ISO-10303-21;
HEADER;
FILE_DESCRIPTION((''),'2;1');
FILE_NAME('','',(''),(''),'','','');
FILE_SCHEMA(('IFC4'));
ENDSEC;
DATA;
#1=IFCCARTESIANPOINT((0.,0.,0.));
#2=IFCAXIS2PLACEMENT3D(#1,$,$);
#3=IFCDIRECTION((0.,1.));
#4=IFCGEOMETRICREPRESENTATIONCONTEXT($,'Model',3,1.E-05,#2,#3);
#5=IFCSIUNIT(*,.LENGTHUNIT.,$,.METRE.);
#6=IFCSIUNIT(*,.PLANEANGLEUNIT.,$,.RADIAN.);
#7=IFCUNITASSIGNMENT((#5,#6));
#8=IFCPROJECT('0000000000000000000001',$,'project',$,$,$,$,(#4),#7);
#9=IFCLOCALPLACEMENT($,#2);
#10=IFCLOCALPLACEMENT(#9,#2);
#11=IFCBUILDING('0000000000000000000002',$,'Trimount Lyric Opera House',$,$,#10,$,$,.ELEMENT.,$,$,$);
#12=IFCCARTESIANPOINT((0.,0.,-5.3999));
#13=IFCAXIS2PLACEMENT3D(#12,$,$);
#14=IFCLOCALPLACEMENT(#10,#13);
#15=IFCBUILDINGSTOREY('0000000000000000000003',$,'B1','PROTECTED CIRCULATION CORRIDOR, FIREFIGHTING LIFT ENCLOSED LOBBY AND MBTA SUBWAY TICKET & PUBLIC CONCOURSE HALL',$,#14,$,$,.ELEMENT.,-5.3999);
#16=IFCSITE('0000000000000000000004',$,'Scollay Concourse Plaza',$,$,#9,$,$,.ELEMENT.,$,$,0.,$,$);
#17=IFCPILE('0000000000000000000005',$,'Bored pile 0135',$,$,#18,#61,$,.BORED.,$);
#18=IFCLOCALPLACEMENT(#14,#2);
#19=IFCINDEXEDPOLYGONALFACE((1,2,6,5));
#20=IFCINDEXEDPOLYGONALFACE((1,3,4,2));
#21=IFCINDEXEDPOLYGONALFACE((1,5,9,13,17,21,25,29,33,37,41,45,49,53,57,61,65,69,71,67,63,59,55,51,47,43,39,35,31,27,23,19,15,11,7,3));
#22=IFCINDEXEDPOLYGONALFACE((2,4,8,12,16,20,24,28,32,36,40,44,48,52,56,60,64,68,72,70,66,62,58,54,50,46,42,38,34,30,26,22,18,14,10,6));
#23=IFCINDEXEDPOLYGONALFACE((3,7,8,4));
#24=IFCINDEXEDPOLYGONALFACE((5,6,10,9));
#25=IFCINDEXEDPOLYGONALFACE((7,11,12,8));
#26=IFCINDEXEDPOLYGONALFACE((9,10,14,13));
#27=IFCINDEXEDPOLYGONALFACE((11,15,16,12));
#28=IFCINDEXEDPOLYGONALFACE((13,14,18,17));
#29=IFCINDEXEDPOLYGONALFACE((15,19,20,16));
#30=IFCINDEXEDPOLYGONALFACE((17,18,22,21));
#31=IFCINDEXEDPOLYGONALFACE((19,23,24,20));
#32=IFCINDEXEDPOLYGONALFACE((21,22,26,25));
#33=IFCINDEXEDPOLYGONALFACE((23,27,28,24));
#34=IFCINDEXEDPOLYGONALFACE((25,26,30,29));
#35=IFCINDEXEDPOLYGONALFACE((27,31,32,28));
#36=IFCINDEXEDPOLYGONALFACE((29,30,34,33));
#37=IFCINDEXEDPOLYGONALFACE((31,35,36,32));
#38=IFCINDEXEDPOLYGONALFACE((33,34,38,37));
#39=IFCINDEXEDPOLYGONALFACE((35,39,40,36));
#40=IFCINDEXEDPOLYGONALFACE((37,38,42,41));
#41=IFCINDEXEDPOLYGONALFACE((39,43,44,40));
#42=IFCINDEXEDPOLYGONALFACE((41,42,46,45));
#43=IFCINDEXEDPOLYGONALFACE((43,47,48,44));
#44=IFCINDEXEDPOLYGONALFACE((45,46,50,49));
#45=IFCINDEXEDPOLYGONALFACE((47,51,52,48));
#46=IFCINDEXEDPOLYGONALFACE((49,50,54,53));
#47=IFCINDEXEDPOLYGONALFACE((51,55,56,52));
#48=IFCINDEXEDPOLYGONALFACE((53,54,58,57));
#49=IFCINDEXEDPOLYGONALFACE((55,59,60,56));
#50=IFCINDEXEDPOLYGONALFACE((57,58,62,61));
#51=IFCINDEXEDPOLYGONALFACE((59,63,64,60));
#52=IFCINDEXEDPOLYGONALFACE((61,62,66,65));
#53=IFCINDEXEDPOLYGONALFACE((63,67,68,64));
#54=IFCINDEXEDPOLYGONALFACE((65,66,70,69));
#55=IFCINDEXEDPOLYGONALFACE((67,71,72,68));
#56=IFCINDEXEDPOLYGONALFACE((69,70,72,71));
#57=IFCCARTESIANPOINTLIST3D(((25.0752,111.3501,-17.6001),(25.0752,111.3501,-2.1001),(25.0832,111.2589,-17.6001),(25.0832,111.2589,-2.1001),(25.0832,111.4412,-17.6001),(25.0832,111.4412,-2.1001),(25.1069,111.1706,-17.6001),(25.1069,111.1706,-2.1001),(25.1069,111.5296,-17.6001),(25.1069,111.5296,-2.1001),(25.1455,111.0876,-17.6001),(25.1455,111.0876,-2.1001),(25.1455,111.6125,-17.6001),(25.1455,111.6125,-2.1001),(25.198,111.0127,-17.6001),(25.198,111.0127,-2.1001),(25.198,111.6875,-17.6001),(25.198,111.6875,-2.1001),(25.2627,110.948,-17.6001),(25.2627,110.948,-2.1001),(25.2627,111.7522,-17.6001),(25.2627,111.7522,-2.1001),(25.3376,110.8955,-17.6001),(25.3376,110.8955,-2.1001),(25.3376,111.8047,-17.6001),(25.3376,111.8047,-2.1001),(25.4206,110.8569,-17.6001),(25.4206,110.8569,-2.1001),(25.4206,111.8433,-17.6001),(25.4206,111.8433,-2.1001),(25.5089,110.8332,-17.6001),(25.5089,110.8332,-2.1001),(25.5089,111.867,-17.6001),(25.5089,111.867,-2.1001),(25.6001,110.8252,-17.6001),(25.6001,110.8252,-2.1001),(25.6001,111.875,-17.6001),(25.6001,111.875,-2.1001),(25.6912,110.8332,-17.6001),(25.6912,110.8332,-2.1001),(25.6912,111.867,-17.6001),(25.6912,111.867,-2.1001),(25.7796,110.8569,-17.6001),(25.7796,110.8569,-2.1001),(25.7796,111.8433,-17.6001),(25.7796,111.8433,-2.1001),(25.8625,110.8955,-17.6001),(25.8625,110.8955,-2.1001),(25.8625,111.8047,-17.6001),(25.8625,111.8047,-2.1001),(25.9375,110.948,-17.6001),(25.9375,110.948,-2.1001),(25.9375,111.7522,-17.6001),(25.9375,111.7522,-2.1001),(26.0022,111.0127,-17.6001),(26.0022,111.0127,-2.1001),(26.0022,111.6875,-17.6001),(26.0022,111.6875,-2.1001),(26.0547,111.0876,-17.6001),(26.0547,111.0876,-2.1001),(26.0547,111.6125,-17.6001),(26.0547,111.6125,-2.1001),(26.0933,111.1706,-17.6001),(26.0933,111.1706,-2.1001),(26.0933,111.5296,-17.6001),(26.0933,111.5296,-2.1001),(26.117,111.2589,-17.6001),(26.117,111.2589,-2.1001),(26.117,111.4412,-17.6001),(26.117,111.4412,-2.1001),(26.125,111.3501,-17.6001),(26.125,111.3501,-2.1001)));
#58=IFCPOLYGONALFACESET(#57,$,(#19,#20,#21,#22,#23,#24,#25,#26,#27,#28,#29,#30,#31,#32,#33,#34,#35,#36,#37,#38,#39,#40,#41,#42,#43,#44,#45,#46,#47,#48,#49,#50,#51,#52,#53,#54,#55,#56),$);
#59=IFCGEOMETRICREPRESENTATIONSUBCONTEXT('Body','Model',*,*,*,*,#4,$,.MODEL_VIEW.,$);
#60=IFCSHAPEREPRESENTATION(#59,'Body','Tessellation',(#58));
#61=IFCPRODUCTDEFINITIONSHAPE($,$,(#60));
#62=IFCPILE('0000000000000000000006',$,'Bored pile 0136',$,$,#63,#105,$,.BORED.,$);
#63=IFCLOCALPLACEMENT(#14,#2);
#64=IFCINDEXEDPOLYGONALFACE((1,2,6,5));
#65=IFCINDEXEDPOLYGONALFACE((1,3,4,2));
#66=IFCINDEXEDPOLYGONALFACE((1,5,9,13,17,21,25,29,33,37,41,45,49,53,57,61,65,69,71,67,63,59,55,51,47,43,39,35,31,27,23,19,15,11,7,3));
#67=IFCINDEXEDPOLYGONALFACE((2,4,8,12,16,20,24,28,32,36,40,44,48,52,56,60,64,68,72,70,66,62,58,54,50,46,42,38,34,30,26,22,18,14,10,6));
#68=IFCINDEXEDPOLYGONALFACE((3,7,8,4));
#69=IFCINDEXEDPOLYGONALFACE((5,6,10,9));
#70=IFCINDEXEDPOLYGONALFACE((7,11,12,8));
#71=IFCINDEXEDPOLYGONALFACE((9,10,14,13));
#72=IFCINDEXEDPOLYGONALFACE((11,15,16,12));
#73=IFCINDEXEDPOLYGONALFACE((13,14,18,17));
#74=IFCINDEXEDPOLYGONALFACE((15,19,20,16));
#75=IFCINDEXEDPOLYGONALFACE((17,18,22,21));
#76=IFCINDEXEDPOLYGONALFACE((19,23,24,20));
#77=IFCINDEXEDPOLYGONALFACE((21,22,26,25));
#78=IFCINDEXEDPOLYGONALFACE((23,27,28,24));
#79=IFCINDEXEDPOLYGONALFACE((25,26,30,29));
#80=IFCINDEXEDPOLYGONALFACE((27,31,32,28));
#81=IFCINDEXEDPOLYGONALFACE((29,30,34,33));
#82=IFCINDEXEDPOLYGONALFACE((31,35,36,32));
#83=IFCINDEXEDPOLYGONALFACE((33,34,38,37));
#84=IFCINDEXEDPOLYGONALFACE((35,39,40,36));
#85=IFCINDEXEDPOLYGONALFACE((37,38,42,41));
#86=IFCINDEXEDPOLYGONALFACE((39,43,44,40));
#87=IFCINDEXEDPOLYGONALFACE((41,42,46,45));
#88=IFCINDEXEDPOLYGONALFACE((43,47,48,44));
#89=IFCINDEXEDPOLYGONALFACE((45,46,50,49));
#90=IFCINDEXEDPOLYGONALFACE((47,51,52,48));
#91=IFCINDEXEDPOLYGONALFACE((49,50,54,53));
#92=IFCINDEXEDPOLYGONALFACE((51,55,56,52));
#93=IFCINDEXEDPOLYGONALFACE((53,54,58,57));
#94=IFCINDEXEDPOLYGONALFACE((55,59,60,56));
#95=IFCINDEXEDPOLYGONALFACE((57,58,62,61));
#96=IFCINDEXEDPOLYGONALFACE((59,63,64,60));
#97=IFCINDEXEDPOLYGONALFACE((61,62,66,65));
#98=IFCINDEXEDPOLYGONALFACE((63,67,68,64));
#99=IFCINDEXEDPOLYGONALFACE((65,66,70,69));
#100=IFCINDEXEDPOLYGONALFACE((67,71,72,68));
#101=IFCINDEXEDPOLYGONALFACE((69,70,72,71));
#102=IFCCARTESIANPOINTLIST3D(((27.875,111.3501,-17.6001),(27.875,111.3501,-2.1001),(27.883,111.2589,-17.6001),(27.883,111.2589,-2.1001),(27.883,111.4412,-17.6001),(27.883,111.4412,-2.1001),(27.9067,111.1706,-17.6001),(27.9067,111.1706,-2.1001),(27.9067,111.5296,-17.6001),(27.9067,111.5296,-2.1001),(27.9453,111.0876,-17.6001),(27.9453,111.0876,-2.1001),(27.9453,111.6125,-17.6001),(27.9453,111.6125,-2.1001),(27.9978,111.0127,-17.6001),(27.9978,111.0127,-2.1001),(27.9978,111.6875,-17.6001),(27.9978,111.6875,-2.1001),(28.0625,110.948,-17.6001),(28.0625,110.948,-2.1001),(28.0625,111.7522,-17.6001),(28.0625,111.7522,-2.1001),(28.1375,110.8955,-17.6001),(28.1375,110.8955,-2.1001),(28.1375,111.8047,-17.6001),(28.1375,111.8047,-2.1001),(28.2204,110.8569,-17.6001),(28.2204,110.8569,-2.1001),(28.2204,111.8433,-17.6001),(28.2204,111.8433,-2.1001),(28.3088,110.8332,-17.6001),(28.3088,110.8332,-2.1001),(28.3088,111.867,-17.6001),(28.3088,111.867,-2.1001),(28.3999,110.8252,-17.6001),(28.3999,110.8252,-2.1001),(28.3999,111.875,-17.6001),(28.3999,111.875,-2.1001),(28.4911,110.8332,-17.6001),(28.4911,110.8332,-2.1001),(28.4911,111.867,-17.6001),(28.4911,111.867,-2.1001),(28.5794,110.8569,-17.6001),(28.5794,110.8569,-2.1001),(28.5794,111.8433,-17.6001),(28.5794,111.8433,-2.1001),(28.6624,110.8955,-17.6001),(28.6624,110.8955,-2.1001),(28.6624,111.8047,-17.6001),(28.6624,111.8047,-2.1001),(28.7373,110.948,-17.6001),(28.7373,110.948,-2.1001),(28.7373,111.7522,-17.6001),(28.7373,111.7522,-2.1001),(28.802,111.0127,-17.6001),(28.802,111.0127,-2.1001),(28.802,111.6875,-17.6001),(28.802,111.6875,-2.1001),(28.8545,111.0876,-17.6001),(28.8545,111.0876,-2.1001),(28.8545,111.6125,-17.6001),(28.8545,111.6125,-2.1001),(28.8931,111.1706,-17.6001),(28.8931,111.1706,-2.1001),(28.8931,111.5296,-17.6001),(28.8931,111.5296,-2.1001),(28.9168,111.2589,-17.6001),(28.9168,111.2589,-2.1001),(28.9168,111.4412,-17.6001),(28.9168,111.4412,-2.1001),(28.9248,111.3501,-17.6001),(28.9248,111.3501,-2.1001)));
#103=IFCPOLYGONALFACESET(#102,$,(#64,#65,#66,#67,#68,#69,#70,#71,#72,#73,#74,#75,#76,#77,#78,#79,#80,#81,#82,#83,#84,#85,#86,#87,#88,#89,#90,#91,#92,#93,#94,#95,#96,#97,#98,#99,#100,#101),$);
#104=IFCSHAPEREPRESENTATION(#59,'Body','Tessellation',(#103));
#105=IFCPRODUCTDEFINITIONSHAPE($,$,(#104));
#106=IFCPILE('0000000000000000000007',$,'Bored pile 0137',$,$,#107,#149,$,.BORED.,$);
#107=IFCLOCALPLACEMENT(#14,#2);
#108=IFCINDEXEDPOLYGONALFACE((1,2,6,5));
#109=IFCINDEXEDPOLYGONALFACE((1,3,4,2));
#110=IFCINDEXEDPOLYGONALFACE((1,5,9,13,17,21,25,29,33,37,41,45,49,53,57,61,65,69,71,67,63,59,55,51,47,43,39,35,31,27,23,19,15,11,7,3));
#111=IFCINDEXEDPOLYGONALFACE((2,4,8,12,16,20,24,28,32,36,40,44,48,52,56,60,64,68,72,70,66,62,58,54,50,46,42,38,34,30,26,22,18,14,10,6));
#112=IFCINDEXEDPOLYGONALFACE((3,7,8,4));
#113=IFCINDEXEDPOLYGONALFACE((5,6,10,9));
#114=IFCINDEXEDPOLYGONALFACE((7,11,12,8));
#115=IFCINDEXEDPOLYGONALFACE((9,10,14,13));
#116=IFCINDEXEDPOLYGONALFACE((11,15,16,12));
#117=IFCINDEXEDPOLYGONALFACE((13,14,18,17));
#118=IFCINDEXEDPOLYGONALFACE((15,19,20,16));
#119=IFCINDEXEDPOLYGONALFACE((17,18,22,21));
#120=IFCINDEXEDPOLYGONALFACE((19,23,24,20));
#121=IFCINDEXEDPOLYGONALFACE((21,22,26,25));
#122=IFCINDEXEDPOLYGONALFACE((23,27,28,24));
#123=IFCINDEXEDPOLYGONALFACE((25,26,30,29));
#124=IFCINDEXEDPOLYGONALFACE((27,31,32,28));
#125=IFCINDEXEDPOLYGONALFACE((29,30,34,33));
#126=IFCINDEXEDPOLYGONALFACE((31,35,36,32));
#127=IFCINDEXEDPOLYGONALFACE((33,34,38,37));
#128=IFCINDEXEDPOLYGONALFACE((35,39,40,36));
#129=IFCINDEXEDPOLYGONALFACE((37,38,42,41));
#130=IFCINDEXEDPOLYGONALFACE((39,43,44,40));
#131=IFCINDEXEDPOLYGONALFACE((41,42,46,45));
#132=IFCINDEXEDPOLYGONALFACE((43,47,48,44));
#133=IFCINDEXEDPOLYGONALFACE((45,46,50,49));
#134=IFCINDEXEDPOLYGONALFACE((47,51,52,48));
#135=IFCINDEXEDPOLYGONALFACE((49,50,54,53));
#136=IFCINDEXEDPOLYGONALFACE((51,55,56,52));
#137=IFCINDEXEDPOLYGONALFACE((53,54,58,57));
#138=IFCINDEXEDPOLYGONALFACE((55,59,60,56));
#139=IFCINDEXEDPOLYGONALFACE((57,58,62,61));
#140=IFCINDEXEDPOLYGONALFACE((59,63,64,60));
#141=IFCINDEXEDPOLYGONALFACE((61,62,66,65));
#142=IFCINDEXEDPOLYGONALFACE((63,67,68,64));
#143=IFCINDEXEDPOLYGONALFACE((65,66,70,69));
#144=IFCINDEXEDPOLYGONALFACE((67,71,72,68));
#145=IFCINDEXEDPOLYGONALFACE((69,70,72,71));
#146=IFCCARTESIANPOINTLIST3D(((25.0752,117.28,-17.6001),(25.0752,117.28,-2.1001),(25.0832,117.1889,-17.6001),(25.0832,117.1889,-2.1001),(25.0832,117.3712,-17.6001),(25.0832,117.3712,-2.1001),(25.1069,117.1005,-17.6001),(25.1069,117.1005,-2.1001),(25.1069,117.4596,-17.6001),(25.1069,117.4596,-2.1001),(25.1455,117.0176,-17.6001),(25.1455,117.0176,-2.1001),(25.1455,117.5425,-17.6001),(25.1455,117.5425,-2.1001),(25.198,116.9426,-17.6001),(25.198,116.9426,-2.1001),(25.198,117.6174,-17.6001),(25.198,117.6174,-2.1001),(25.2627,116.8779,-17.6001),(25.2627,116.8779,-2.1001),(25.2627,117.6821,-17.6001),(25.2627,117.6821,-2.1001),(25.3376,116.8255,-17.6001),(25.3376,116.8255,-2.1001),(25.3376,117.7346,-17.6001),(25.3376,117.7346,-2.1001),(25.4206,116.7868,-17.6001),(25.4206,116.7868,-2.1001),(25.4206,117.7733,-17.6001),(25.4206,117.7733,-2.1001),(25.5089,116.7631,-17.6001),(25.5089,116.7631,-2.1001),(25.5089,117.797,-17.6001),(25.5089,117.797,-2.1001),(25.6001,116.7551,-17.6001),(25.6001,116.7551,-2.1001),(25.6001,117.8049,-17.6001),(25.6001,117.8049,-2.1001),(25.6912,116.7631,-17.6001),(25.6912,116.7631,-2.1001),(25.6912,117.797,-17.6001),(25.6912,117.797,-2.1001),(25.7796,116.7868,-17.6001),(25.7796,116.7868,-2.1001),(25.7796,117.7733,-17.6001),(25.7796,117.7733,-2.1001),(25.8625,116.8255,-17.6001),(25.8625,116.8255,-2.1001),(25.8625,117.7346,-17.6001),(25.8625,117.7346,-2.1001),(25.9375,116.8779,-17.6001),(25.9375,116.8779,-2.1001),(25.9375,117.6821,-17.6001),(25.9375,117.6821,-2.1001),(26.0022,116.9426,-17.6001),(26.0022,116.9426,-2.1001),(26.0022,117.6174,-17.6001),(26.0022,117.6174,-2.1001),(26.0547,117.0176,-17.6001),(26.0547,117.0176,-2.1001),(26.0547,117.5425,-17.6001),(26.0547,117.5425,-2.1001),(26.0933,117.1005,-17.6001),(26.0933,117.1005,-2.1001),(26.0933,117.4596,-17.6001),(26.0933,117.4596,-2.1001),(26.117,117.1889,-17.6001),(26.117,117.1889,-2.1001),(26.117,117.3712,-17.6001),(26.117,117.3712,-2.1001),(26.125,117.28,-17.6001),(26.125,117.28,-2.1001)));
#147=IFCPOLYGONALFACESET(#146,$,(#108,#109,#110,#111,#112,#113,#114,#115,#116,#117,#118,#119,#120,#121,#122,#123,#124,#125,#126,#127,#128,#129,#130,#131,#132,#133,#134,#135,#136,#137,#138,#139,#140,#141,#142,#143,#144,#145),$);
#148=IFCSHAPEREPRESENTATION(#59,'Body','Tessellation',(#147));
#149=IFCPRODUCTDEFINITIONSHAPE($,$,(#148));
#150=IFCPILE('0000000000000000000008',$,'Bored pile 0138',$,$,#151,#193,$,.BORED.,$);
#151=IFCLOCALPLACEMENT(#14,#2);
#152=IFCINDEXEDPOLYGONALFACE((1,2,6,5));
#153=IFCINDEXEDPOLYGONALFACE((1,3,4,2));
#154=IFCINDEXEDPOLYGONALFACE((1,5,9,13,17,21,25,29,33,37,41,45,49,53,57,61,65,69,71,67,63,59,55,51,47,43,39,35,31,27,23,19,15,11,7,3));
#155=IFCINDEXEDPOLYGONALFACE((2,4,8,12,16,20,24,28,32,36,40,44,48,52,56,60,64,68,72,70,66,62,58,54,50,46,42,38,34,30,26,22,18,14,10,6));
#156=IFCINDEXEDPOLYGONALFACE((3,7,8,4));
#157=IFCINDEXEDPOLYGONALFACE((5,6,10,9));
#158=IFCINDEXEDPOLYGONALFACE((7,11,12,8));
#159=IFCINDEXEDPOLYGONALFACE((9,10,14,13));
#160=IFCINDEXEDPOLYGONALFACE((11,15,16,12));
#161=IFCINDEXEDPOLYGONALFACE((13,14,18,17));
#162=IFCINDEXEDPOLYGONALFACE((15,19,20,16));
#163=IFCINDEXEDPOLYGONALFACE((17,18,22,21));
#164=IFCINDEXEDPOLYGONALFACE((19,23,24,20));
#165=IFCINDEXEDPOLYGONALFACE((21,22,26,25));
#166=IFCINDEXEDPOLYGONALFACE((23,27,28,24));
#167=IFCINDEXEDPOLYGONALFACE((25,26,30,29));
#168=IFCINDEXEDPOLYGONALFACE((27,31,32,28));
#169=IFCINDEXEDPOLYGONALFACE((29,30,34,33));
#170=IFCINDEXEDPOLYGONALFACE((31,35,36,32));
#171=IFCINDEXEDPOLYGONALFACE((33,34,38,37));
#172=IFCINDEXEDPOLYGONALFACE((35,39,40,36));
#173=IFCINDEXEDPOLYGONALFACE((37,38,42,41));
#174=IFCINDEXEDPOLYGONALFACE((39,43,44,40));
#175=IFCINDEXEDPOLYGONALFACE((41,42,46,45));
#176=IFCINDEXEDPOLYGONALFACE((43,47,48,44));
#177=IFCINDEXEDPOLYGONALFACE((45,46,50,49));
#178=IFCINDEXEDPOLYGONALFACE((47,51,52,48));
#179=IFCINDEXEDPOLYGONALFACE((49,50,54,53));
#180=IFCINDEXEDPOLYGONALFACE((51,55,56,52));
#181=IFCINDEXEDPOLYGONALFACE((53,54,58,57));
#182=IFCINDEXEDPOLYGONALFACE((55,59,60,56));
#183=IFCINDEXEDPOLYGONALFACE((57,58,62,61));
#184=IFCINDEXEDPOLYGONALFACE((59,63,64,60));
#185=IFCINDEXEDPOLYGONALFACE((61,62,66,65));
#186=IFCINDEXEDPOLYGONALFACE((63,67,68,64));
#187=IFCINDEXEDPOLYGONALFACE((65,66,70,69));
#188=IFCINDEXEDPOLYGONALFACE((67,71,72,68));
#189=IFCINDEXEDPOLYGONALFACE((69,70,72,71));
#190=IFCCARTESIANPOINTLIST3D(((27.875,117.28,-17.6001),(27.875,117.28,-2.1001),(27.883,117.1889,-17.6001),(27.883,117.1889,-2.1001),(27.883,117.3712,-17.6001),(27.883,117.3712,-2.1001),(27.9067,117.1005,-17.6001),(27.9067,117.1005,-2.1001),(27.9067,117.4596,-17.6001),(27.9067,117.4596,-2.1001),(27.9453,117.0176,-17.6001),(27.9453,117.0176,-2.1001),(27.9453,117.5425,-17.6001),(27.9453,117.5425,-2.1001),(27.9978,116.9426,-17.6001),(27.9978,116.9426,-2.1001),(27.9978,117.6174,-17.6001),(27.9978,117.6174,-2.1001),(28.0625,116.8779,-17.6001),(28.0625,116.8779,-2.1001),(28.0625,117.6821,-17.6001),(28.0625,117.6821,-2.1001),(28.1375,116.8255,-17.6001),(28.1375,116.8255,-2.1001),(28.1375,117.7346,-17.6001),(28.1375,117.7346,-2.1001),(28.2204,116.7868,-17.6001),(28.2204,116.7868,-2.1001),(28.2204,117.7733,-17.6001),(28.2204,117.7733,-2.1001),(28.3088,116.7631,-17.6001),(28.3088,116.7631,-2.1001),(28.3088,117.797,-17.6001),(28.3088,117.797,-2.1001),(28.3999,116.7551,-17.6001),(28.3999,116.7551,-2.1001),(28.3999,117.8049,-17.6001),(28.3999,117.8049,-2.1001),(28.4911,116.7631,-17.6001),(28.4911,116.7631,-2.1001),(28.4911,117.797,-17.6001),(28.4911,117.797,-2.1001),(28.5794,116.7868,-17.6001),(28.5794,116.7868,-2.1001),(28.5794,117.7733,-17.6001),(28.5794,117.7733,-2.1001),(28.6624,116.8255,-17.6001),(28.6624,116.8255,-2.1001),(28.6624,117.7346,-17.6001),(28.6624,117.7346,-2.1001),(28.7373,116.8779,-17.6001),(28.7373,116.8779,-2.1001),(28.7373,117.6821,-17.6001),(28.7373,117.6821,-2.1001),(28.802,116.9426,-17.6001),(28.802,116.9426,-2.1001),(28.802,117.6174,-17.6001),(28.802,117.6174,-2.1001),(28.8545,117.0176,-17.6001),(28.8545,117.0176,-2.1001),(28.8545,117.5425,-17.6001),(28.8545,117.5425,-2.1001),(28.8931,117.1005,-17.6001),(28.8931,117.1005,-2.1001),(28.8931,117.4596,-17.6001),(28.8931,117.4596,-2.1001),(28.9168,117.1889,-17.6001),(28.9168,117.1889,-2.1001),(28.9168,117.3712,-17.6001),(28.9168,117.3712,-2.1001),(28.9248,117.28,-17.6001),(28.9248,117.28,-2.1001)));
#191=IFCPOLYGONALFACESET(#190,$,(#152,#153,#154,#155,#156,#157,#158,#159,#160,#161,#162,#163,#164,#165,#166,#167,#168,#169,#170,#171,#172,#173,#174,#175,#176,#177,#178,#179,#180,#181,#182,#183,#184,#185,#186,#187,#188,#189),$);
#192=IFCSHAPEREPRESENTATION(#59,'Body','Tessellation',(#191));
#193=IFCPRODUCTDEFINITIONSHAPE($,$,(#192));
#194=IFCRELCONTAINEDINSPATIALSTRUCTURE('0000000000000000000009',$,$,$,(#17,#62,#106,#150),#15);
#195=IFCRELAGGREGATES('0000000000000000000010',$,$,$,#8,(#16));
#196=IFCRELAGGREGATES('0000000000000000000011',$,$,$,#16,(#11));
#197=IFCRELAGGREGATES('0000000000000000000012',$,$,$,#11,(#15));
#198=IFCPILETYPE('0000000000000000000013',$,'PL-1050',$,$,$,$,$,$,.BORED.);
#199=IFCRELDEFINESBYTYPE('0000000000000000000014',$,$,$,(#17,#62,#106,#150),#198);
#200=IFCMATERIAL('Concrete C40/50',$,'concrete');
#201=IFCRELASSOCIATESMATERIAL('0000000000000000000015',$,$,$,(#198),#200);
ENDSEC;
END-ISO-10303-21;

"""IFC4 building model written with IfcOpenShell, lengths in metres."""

from ifc_helpers import new_model, si_unit, direction, frame, origin, origin_2d, place, context, subcontext, project, spatial, circle, extrude, material, material_profile, profile_set, type_object, element, save


model = new_model("IFC4")

# Units and contexts
model_context = context("Model", 3, precision=1e-05, world=origin(), true_north=direction((0.0, 1.0)))
body_context = subcontext(model_context, "Body", "Model", "MODEL_VIEW")
ifc_project = project(units=[si_unit("LENGTHUNIT", "METRE"), si_unit("PLANEANGLEUNIT", "RADIAN")], contexts=[model_context])

# Site, building, storey
site_placement = place(None, origin())
site = spatial("IfcSite", under=ifc_project, at=site_placement, Name="Scollay Concourse Plaza", CompositionType="ELEMENT", RefElevation=0.0)
building_placement = place(site_placement, origin())
building = spatial("IfcBuilding", under=site, at=building_placement, Name="Trimount Lyric Opera House", CompositionType="ELEMENT")
storey_placement = place(building_placement, frame((0.0, 0.0, -5.3999)))
storey = spatial("IfcBuildingStorey", under=building, at=storey_placement, Name="B1", Description="PROTECTED CIRCULATION CORRIDOR, FIREFIGHTING LIFT ENCLOSED LOBBY AND MBTA SUBWAY TICKET & PUBLIC CONCOURSE HALL", CompositionType="ELEMENT", Elevation=-5.3999)

# Piles
ifc_material_1 = material(Name="Concrete C40/50", Category="concrete")
ifc_material_profile_1 = material_profile(ifc_material_1, circle(Radius=0.5249, at=origin_2d()), Name="PILE-D1050")
ifc_profile_set_1 = profile_set([ifc_material_profile_1], Name="Concrete C40/50")
pile_type_1 = type_object("IfcPileType", Name="PL-1050", PredefinedType="BORED", material=ifc_profile_set_1)
for number, where, z_axis, x_axis, name in (
    (1, (25.6001, 111.3501, -2.1001), (0.0, 0.0, -1.0), (1.0, 0.0, 0.0), "Bored pile 0135"),
    (2, (28.3999, 111.3501, -2.1001), (0.0, 0.0, -1.0), (1.0, 0.0, 0.0), "Bored pile 0136"),
    (3, (25.6001, 117.28, -2.1001), (0.0, 0.0, -1.0), (1.0, 0.0, 0.0), "Bored pile 0137"),
    (4, (28.3999, 117.28, -2.1001), (0.0, 0.0, -1.0), (1.0, 0.0, 0.0), "Bored pile 0138"),
):
    element("IfcPile", number, at=place(storey_placement, frame(where, z_axis=z_axis, x_axis=x_axis)), inside=storey, type_object=pile_type_1, Name=name, PredefinedType="BORED", context=body_context, shape_type="SweptSolid", body=[
        extrude(circle(Radius=0.5249, at=origin_2d()), origin(), (0.0, 0.0, 1.0), 15.5),
    ])

save(model, "model.ifc")
